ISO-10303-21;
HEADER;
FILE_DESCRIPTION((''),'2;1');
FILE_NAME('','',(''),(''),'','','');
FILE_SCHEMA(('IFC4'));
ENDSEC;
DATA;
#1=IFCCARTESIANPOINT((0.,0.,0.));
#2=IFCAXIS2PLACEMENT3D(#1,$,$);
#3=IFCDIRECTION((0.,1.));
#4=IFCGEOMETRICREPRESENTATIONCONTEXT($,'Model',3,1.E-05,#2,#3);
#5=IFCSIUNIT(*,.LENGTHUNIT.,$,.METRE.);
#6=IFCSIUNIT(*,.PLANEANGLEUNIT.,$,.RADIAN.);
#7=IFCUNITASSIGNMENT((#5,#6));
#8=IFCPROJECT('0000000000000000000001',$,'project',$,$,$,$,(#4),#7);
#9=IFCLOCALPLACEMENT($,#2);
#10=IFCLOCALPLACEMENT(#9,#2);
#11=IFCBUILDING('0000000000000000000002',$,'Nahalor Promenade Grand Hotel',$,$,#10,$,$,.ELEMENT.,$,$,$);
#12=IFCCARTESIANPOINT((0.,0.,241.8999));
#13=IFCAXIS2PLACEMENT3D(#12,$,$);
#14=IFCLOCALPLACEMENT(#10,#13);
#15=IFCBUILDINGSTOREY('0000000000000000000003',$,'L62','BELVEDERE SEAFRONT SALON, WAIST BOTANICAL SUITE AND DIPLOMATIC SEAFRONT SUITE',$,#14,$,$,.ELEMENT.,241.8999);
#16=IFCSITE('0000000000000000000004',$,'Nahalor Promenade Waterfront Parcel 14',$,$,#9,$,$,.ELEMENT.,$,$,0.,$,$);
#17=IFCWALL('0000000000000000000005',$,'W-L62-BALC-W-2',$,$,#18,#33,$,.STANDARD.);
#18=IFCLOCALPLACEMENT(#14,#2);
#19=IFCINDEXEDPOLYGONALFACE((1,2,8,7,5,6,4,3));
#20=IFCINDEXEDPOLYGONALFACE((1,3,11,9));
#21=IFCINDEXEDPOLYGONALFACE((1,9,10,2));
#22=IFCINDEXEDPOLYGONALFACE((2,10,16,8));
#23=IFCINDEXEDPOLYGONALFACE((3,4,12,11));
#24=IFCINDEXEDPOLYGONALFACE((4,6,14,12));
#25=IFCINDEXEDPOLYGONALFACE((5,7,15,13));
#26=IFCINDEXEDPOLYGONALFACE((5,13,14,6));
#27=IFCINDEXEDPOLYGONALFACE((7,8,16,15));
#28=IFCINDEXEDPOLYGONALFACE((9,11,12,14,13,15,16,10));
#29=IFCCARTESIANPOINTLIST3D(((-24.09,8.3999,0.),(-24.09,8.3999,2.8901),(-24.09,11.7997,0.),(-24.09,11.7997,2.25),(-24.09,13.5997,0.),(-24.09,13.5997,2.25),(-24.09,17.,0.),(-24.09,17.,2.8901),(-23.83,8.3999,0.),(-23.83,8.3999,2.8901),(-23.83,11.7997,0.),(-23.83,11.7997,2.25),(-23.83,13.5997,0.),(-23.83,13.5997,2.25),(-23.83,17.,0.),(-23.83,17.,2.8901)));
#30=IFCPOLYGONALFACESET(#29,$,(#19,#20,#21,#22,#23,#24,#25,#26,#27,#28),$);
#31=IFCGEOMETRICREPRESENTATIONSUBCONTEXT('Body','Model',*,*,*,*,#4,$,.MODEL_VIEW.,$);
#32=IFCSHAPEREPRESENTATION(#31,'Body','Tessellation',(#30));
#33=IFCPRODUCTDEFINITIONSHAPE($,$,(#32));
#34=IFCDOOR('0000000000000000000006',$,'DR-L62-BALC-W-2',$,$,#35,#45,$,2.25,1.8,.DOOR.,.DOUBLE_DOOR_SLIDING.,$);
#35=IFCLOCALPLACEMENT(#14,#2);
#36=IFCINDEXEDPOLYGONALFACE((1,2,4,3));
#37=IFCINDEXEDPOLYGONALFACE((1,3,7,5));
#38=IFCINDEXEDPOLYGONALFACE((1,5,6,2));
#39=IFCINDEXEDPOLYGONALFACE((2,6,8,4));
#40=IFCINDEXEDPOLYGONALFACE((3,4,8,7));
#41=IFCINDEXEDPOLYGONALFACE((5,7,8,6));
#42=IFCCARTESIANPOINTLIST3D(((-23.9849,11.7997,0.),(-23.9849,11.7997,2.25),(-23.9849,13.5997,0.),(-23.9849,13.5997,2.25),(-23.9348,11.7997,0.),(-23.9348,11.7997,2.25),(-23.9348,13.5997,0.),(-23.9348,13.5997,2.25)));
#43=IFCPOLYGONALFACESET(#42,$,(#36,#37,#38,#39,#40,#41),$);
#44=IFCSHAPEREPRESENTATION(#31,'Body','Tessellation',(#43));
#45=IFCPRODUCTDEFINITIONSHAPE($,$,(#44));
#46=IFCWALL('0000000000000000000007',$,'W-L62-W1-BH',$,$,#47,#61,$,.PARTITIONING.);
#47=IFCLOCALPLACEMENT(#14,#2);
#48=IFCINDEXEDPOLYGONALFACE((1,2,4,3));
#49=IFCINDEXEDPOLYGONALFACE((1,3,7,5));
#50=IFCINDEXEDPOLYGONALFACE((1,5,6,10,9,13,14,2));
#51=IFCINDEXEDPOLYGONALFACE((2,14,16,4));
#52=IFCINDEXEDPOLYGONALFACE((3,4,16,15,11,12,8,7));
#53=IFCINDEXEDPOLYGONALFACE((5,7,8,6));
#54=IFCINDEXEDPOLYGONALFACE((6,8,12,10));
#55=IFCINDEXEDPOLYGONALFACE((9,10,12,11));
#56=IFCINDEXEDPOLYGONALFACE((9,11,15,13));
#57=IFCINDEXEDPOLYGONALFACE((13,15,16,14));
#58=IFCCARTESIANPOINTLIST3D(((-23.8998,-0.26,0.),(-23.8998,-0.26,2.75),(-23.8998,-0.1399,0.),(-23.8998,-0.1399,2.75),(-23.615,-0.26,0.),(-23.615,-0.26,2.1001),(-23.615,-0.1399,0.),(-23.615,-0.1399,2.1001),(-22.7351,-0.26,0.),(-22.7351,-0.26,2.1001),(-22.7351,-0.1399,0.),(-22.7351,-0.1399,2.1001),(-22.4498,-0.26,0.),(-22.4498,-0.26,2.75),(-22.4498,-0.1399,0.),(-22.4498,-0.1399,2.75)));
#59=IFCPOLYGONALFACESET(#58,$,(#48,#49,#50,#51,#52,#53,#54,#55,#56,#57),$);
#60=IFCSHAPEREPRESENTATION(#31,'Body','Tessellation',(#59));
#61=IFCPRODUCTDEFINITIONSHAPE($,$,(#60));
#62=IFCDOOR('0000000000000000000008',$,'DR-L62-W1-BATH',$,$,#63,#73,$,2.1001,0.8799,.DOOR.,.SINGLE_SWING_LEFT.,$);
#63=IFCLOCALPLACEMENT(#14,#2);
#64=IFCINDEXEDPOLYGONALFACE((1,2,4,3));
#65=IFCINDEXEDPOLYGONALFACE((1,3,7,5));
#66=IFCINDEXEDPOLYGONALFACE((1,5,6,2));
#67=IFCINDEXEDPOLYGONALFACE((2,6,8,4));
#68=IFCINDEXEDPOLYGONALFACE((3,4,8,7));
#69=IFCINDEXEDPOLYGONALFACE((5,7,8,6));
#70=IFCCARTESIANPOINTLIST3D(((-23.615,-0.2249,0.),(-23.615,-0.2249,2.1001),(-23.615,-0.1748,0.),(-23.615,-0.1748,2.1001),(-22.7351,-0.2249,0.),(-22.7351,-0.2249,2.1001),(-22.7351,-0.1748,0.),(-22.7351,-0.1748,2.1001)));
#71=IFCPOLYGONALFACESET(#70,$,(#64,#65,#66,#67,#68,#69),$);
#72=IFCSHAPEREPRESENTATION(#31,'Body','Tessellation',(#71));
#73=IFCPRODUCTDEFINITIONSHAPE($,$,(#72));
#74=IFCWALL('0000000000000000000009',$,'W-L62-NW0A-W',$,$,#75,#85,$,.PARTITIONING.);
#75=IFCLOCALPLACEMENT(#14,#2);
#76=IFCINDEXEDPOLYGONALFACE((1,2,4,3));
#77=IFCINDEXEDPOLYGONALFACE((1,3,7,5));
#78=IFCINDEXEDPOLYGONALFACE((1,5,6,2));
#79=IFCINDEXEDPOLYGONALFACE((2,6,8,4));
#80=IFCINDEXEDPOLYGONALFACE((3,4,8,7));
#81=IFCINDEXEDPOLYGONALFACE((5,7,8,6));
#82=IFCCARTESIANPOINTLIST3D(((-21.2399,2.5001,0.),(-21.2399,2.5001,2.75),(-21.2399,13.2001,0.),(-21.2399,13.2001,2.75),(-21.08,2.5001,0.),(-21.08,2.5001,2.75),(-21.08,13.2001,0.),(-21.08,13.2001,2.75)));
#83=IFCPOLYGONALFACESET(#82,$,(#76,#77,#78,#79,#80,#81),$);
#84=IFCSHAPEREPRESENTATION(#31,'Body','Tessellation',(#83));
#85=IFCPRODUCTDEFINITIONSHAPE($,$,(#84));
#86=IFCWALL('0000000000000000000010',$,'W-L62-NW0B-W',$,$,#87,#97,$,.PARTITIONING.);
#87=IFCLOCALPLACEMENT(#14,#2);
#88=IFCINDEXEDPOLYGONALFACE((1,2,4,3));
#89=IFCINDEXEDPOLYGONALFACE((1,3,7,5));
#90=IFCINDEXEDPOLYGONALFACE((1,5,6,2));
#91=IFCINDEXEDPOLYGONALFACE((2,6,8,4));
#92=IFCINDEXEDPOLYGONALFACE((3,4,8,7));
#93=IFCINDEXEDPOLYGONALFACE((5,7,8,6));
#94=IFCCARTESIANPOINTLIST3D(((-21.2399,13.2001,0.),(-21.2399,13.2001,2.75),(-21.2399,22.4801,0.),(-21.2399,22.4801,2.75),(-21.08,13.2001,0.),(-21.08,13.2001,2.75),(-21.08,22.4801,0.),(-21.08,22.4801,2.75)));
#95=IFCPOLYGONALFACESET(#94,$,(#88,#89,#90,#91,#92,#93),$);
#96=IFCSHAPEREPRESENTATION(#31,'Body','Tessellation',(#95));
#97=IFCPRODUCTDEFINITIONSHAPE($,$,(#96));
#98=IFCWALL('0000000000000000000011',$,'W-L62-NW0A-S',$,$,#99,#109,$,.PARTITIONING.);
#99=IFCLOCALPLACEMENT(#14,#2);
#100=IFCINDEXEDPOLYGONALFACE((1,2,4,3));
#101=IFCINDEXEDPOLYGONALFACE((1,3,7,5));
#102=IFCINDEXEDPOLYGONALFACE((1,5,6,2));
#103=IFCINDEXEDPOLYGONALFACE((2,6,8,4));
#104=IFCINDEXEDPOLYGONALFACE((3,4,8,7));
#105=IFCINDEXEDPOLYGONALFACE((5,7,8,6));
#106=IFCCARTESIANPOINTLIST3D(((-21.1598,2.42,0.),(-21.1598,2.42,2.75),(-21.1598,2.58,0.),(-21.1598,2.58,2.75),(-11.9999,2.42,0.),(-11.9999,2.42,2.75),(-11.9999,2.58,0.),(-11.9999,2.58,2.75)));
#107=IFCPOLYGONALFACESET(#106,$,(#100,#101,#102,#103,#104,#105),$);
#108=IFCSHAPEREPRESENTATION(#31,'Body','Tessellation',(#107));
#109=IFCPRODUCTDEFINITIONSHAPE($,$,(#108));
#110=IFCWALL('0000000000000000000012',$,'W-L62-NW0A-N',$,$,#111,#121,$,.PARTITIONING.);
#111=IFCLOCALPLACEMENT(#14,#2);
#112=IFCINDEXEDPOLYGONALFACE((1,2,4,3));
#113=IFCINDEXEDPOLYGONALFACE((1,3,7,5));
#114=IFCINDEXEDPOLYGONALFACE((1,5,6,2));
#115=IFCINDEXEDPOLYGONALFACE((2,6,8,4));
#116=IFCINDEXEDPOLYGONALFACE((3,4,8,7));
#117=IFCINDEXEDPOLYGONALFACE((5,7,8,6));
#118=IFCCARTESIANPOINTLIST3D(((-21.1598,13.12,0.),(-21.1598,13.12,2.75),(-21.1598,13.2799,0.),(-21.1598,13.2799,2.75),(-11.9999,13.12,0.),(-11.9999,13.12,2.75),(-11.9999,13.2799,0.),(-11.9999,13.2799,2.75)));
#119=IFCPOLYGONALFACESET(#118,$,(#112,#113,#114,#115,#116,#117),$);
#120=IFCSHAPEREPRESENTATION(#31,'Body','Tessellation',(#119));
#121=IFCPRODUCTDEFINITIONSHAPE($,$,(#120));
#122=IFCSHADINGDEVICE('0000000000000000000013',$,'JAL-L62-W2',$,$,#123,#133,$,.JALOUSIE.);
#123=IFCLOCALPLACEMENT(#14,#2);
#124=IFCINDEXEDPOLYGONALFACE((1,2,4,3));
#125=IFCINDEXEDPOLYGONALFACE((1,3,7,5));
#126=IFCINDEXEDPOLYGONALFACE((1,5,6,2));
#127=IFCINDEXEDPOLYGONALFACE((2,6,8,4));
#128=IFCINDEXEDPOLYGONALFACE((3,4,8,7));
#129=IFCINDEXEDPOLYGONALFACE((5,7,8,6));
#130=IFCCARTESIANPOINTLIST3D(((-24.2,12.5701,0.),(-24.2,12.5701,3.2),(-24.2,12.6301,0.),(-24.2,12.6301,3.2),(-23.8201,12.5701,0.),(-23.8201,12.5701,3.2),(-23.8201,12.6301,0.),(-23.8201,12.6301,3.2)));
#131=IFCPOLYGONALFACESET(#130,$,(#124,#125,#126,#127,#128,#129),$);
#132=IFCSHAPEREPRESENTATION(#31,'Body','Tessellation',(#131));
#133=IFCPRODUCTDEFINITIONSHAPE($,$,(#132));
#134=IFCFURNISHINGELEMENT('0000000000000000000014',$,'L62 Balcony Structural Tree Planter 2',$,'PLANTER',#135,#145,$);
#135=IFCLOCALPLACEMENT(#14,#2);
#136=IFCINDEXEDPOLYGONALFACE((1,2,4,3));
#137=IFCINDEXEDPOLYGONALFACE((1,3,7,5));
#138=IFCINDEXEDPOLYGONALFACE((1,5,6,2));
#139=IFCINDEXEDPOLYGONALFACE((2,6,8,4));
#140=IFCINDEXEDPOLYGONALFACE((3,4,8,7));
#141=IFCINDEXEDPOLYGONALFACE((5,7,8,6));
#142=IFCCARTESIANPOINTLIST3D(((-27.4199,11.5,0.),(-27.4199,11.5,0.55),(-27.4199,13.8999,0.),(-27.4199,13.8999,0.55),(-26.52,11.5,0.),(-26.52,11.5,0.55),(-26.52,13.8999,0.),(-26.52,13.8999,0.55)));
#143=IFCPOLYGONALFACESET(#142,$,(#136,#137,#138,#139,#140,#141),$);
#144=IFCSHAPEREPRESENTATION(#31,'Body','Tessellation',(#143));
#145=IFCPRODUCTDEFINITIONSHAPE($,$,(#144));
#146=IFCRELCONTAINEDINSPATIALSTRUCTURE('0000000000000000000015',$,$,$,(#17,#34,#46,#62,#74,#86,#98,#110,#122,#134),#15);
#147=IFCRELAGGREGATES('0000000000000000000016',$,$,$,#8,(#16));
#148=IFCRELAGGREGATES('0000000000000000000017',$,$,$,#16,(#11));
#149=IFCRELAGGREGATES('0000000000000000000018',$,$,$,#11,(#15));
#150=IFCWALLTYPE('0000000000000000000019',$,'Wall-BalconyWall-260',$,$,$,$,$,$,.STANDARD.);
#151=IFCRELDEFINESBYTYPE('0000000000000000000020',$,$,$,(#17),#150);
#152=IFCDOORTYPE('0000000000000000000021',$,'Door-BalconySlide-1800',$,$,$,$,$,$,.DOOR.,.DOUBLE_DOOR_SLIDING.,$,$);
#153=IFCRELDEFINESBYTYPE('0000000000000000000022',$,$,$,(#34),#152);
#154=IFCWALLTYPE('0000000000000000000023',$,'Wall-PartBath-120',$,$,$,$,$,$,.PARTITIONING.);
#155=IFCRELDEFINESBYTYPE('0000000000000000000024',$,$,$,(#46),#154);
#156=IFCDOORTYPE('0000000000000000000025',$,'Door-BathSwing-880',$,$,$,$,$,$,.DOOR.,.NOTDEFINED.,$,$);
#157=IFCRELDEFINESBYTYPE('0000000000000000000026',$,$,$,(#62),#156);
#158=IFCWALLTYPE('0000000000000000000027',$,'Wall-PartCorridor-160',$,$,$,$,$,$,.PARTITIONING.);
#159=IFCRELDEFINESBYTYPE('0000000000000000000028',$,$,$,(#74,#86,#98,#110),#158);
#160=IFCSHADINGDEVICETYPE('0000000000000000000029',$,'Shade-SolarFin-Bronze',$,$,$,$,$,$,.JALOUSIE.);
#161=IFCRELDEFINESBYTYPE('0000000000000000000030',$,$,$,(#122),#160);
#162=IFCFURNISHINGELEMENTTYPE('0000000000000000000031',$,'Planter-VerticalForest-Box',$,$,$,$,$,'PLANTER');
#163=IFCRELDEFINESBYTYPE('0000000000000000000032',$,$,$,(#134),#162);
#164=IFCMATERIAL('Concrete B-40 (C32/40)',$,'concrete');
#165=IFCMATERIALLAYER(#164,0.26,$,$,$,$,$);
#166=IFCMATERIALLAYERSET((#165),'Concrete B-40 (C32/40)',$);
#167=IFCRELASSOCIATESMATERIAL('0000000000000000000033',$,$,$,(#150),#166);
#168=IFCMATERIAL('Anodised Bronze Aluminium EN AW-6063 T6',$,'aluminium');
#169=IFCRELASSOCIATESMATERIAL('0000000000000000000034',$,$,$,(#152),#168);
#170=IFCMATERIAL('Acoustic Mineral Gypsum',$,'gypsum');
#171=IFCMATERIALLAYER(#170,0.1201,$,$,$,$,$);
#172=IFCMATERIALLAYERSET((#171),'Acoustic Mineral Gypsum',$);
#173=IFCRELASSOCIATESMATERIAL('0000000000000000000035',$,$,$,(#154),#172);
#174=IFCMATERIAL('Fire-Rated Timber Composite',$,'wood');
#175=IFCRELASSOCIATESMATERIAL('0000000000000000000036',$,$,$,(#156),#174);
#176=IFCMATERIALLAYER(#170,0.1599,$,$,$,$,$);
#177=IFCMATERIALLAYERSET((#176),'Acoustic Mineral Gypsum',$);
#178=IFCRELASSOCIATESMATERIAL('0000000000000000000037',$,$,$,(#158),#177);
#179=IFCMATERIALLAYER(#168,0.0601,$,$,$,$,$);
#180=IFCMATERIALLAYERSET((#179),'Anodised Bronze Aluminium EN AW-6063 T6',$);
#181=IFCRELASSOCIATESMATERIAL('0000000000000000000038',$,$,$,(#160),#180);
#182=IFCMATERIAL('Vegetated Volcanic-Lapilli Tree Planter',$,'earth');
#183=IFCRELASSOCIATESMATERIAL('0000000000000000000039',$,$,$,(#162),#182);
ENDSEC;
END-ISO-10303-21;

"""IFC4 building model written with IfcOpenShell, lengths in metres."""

from ifc_helpers import new_model, si_unit, direction, frame, frame_2d, origin, origin_2d, place, context, subcontext, project, spatial, rectangle, extrude, source, transform, mapped, material, layer, layer_set, type_object, element, fill, save


model = new_model("IFC4")

# Units and contexts
model_context = context("Model", 3, precision=1e-05, world=origin(), true_north=direction((0.0, 1.0)))
body_context = subcontext(model_context, "Body", "Model", "MODEL_VIEW")
ifc_project = project(units=[si_unit("LENGTHUNIT", "METRE"), si_unit("PLANEANGLEUNIT", "RADIAN")], contexts=[model_context])

# Site, building, storey
site_placement = place(None, origin())
site = spatial("IfcSite", under=ifc_project, at=site_placement, Name="Nahalor Promenade Waterfront Parcel 14", CompositionType="ELEMENT", RefElevation=0.0)
building_placement = place(site_placement, origin())
building = spatial("IfcBuilding", under=site, at=building_placement, Name="Nahalor Promenade Grand Hotel", CompositionType="ELEMENT")
storey_placement = place(building_placement, frame((0.0, 0.0, 241.8999)))
storey = spatial("IfcBuildingStorey", under=building, at=storey_placement, Name="L62", Description="BELVEDERE SEAFRONT SALON, WAIST BOTANICAL SUITE AND DIPLOMATIC SEAFRONT SUITE", CompositionType="ELEMENT", Elevation=241.8999)

# Shared definitions
ifc_material_1 = material(Name="Anodised Bronze Aluminium EN AW-6063 T6", Category="aluminium")

# Walls, openings, doors
ifc_material_2 = material(Name="Concrete B-40 (C32/40)", Category="concrete")
ifc_layer_1 = layer(ifc_material_2, 0.26)
ifc_layer_set_1 = layer_set([ifc_layer_1], Name="Concrete B-40 (C32/40)")
wall_type_1 = type_object("IfcWallType", Name="Wall-BalconyWall-260", PredefinedType="STANDARD", material=ifc_layer_set_1)
shared_shape_1 = source(origin(), body_context, "Body", "SweptSolid", [
    extrude(rectangle(XDim=8.6001, YDim=0.26, at=frame_2d((4.3, 0.0))), origin(), (0.0, 0.0, 1.0), 2.8901),
])
wall_1_placement = place(storey_placement, frame((-23.96, 8.3999, 0.0), z_axis=(0.0, 0.0, 1.0), x_axis=(0.0, 1.0, 0.0)))
wall_1 = element("IfcWall", 1, at=wall_1_placement, inside=storey, type_object=wall_type_1, Name="W-L62-BALC-W-2", PredefinedType="STANDARD", context=body_context, shape_type="MappedRepresentation", body=[
    mapped(shared_shape_1, transform((0.0, 0.0, 0.0), scale=1.0)),
])
opening_1_placement = place(wall_1_placement, frame((3.3999, 0.0, 0.0)))
opening_1 = element("IfcOpeningElement", 2, at=opening_1_placement, cuts=wall_1, PredefinedType="OPENING", context=body_context, shape_type="SweptSolid", body=[
    extrude(rectangle(XDim=1.8, YDim=2.25, at=frame_2d((0.8999, 1.125))), frame((0.0, 0.1399, 0.0), z_axis=(0.0, -1.0, 0.0), x_axis=(1.0, 0.0, 0.0)), (0.0, 0.0, 1.0), 0.28),
])
door_type_1 = type_object("IfcDoorType", Name="Door-BalconySlide-1800", OperationType="DOUBLE_DOOR_SLIDING", PredefinedType="DOOR", material=ifc_material_1)
shared_shape_2 = source(origin(), body_context, "Body", "SweptSolid", [
    extrude(rectangle(XDim=1.8, YDim=2.25, at=frame_2d((0.8999, 1.125))), frame((0.0, 0.0249, 0.0), z_axis=(0.0, -1.0, 0.0), x_axis=(1.0, 0.0, 0.0)), (0.0, 0.0, 1.0), 0.05),
])
door_1_placement = place(opening_1_placement, origin())
door_1 = element("IfcDoor", 3, at=door_1_placement, inside=storey, type_object=door_type_1, Name="DR-L62-BALC-W-2", OperationType="DOUBLE_DOOR_SLIDING", OverallHeight=2.25, OverallWidth=1.8, PredefinedType="DOOR", context=body_context, shape_type="MappedRepresentation", body=[
    mapped(shared_shape_2, transform((0.0, 0.0, 0.0), scale=1.0)),
])
fill(opening_1, door_1)
ifc_material_3 = material(Name="Acoustic Mineral Gypsum", Category="gypsum")
ifc_layer_2 = layer(ifc_material_3, 0.1201)
ifc_layer_set_2 = layer_set([ifc_layer_2], Name="Acoustic Mineral Gypsum")
wall_type_2 = type_object("IfcWallType", Name="Wall-PartBath-120", PredefinedType="PARTITIONING", material=ifc_layer_set_2)
shared_shape_3 = source(origin(), body_context, "Body", "SweptSolid", [
    extrude(rectangle(XDim=1.45, YDim=0.1201, at=frame_2d((0.7251, 0.0))), origin(), (0.0, 0.0, 1.0), 2.75),
])
wall_2_placement = place(storey_placement, frame((-23.8999, -0.2, 0.0), z_axis=(0.0, 0.0, 1.0), x_axis=(1.0, 0.0, 0.0)))
wall_2 = element("IfcWall", 4, at=wall_2_placement, inside=storey, type_object=wall_type_2, Name="W-L62-W1-BH", PredefinedType="PARTITIONING", context=body_context, shape_type="MappedRepresentation", body=[
    mapped(shared_shape_3, transform((0.0, 0.0, 0.0), scale=1.0)),
])
opening_2_placement = place(wall_2_placement, frame((0.2849, 0.0, 0.0)))
opening_2 = element("IfcOpeningElement", 5, at=opening_2_placement, cuts=wall_2, PredefinedType="OPENING", context=body_context, shape_type="SweptSolid", body=[
    extrude(rectangle(XDim=0.8799, YDim=2.1001, at=frame_2d((0.4399, 1.05))), frame((0.0, 0.0701, 0.0), z_axis=(0.0, -1.0, 0.0), x_axis=(1.0, 0.0, 0.0)), (0.0, 0.0, 1.0), 0.1401),
])
ifc_material_4 = material(Name="Fire-Rated Timber Composite", Category="wood")
door_type_2 = type_object("IfcDoorType", Name="Door-BathSwing-880", OperationType="NOTDEFINED", PredefinedType="DOOR", material=ifc_material_4)
shared_shape_4 = source(origin(), body_context, "Body", "SweptSolid", [
    extrude(rectangle(XDim=0.8799, YDim=2.1001, at=frame_2d((0.4399, 1.05))), frame((0.0, 0.0249, 0.0), z_axis=(0.0, -1.0, 0.0), x_axis=(1.0, 0.0, 0.0)), (0.0, 0.0, 1.0), 0.05),
])
door_2_placement = place(opening_2_placement, frame((0.8799, 0.0, 0.0), z_axis=(0.0, 0.0, 1.0), x_axis=(-1.0, 0.0, 0.0)))
door_2 = element("IfcDoor", 6, at=door_2_placement, inside=storey, type_object=door_type_2, Name="DR-L62-W1-BATH", OperationType="SINGLE_SWING_LEFT", OverallHeight=2.1001, OverallWidth=0.8799, PredefinedType="DOOR", context=body_context, shape_type="MappedRepresentation", body=[
    mapped(shared_shape_4, transform((0.0, 0.0, 0.0), scale=1.0)),
])
fill(opening_2, door_2)

# Walls
ifc_layer_3 = layer(ifc_material_3, 0.1599)
ifc_layer_set_3 = layer_set([ifc_layer_3], Name="Acoustic Mineral Gypsum")
wall_type_3 = type_object("IfcWallType", Name="Wall-PartCorridor-160", PredefinedType="PARTITIONING", material=ifc_layer_set_3)
shared_shape_5 = source(origin(), body_context, "Body", "SweptSolid", [
    extrude(rectangle(XDim=10.7, YDim=0.1599, at=frame_2d((5.3501, 0.0))), origin(), (0.0, 0.0, 1.0), 2.75),
])
wall_3_placement = place(storey_placement, frame((-21.1599, 2.5, 0.0), z_axis=(0.0, 0.0, 1.0), x_axis=(0.0, 1.0, 0.0)))
element("IfcWall", 7, at=wall_3_placement, inside=storey, type_object=wall_type_3, Name="W-L62-NW0A-W", PredefinedType="PARTITIONING", context=body_context, shape_type="MappedRepresentation", body=[
    mapped(shared_shape_5, transform((0.0, 0.0, 0.0), scale=1.0)),
])
shared_shape_6 = source(origin(), body_context, "Body", "SweptSolid", [
    extrude(rectangle(XDim=9.28, YDim=0.1599, at=frame_2d((4.6401, 0.0))), origin(), (0.0, 0.0, 1.0), 2.75),
])
wall_4_placement = place(storey_placement, frame((-21.1599, 13.2, 0.0), z_axis=(0.0, 0.0, 1.0), x_axis=(0.0, 1.0, 0.0)))
element("IfcWall", 8, at=wall_4_placement, inside=storey, type_object=wall_type_3, Name="W-L62-NW0B-W", PredefinedType="PARTITIONING", context=body_context, shape_type="MappedRepresentation", body=[
    mapped(shared_shape_6, transform((0.0, 0.0, 0.0), scale=1.0)),
])
shared_shape_7 = source(origin(), body_context, "Body", "SweptSolid", [
    extrude(rectangle(XDim=9.1599, YDim=0.1599, at=frame_2d((4.5801, 0.0))), origin(), (0.0, 0.0, 1.0), 2.75),
])
for number, where, z_axis, x_axis, name in (
    (9, (-21.1599, 2.5, 0.0), (0.0, 0.0, 1.0), (1.0, 0.0, 0.0), "W-L62-NW0A-S"),
    (10, (-21.1599, 13.2, 0.0), (0.0, 0.0, 1.0), (1.0, 0.0, 0.0), "W-L62-NW0A-N"),
):
    element("IfcWall", number, at=place(storey_placement, frame(where, z_axis=z_axis, x_axis=x_axis)), inside=storey, type_object=wall_type_3, Name=name, PredefinedType="PARTITIONING", context=body_context, shape_type="MappedRepresentation", body=[
        mapped(shared_shape_7, transform((0.0, 0.0, 0.0), scale=1.0)),
    ])

# Shading device
ifc_layer_4 = layer(ifc_material_1, 0.0601)
ifc_layer_set_4 = layer_set([ifc_layer_4], Name="Anodised Bronze Aluminium EN AW-6063 T6")
shading_device_type = type_object("IfcShadingDeviceType", Name="Shade-SolarFin-Bronze", PredefinedType="JALOUSIE", material=ifc_layer_set_4)
shared_shape_8 = source(origin(), body_context, "Body", "SweptSolid", [
    extrude(rectangle(XDim=0.3799, YDim=0.0601, at=origin_2d()), origin(), (0.0, 0.0, 1.0), 3.2),
])
shading_device_placement = place(storey_placement, frame((-24.01, 12.6001, 0.0), z_axis=(0.0, 0.0, 1.0), x_axis=(1.0, 0.0, 0.0)))
element("IfcShadingDevice", 11, at=shading_device_placement, inside=storey, type_object=shading_device_type, Name="JAL-L62-W2", PredefinedType="JALOUSIE", context=body_context, shape_type="MappedRepresentation", body=[
    mapped(shared_shape_8, transform((0.0, 0.0, 0.0), scale=1.0)),
])

# Furnishing element
ifc_material_5 = material(Name="Vegetated Volcanic-Lapilli Tree Planter", Category="earth")
furnishing_element_type = type_object("IfcFurnishingElementType", Name="Planter-VerticalForest-Box", ElementType="PLANTER", material=ifc_material_5)
shared_shape_9 = source(origin(), body_context, "Body", "SweptSolid", [
    extrude(rectangle(XDim=2.3999, YDim=0.8999, at=origin_2d()), origin(), (0.0, 0.0, 1.0), 0.55),
])
furnishing_placement = place(storey_placement, frame((-26.97, 12.7, 0.0), z_axis=(0.0, 0.0, 1.0), x_axis=(0.0, 1.0, 0.0)))
element("IfcFurnishingElement", 12, at=furnishing_placement, inside=storey, type_object=furnishing_element_type, Name="L62 Balcony Structural Tree Planter 2", ObjectType="PLANTER", context=body_context, shape_type="MappedRepresentation", body=[
    mapped(shared_shape_9, transform((0.0, 0.0, 0.0), scale=1.0)),
])

save(model, "model.ifc")
